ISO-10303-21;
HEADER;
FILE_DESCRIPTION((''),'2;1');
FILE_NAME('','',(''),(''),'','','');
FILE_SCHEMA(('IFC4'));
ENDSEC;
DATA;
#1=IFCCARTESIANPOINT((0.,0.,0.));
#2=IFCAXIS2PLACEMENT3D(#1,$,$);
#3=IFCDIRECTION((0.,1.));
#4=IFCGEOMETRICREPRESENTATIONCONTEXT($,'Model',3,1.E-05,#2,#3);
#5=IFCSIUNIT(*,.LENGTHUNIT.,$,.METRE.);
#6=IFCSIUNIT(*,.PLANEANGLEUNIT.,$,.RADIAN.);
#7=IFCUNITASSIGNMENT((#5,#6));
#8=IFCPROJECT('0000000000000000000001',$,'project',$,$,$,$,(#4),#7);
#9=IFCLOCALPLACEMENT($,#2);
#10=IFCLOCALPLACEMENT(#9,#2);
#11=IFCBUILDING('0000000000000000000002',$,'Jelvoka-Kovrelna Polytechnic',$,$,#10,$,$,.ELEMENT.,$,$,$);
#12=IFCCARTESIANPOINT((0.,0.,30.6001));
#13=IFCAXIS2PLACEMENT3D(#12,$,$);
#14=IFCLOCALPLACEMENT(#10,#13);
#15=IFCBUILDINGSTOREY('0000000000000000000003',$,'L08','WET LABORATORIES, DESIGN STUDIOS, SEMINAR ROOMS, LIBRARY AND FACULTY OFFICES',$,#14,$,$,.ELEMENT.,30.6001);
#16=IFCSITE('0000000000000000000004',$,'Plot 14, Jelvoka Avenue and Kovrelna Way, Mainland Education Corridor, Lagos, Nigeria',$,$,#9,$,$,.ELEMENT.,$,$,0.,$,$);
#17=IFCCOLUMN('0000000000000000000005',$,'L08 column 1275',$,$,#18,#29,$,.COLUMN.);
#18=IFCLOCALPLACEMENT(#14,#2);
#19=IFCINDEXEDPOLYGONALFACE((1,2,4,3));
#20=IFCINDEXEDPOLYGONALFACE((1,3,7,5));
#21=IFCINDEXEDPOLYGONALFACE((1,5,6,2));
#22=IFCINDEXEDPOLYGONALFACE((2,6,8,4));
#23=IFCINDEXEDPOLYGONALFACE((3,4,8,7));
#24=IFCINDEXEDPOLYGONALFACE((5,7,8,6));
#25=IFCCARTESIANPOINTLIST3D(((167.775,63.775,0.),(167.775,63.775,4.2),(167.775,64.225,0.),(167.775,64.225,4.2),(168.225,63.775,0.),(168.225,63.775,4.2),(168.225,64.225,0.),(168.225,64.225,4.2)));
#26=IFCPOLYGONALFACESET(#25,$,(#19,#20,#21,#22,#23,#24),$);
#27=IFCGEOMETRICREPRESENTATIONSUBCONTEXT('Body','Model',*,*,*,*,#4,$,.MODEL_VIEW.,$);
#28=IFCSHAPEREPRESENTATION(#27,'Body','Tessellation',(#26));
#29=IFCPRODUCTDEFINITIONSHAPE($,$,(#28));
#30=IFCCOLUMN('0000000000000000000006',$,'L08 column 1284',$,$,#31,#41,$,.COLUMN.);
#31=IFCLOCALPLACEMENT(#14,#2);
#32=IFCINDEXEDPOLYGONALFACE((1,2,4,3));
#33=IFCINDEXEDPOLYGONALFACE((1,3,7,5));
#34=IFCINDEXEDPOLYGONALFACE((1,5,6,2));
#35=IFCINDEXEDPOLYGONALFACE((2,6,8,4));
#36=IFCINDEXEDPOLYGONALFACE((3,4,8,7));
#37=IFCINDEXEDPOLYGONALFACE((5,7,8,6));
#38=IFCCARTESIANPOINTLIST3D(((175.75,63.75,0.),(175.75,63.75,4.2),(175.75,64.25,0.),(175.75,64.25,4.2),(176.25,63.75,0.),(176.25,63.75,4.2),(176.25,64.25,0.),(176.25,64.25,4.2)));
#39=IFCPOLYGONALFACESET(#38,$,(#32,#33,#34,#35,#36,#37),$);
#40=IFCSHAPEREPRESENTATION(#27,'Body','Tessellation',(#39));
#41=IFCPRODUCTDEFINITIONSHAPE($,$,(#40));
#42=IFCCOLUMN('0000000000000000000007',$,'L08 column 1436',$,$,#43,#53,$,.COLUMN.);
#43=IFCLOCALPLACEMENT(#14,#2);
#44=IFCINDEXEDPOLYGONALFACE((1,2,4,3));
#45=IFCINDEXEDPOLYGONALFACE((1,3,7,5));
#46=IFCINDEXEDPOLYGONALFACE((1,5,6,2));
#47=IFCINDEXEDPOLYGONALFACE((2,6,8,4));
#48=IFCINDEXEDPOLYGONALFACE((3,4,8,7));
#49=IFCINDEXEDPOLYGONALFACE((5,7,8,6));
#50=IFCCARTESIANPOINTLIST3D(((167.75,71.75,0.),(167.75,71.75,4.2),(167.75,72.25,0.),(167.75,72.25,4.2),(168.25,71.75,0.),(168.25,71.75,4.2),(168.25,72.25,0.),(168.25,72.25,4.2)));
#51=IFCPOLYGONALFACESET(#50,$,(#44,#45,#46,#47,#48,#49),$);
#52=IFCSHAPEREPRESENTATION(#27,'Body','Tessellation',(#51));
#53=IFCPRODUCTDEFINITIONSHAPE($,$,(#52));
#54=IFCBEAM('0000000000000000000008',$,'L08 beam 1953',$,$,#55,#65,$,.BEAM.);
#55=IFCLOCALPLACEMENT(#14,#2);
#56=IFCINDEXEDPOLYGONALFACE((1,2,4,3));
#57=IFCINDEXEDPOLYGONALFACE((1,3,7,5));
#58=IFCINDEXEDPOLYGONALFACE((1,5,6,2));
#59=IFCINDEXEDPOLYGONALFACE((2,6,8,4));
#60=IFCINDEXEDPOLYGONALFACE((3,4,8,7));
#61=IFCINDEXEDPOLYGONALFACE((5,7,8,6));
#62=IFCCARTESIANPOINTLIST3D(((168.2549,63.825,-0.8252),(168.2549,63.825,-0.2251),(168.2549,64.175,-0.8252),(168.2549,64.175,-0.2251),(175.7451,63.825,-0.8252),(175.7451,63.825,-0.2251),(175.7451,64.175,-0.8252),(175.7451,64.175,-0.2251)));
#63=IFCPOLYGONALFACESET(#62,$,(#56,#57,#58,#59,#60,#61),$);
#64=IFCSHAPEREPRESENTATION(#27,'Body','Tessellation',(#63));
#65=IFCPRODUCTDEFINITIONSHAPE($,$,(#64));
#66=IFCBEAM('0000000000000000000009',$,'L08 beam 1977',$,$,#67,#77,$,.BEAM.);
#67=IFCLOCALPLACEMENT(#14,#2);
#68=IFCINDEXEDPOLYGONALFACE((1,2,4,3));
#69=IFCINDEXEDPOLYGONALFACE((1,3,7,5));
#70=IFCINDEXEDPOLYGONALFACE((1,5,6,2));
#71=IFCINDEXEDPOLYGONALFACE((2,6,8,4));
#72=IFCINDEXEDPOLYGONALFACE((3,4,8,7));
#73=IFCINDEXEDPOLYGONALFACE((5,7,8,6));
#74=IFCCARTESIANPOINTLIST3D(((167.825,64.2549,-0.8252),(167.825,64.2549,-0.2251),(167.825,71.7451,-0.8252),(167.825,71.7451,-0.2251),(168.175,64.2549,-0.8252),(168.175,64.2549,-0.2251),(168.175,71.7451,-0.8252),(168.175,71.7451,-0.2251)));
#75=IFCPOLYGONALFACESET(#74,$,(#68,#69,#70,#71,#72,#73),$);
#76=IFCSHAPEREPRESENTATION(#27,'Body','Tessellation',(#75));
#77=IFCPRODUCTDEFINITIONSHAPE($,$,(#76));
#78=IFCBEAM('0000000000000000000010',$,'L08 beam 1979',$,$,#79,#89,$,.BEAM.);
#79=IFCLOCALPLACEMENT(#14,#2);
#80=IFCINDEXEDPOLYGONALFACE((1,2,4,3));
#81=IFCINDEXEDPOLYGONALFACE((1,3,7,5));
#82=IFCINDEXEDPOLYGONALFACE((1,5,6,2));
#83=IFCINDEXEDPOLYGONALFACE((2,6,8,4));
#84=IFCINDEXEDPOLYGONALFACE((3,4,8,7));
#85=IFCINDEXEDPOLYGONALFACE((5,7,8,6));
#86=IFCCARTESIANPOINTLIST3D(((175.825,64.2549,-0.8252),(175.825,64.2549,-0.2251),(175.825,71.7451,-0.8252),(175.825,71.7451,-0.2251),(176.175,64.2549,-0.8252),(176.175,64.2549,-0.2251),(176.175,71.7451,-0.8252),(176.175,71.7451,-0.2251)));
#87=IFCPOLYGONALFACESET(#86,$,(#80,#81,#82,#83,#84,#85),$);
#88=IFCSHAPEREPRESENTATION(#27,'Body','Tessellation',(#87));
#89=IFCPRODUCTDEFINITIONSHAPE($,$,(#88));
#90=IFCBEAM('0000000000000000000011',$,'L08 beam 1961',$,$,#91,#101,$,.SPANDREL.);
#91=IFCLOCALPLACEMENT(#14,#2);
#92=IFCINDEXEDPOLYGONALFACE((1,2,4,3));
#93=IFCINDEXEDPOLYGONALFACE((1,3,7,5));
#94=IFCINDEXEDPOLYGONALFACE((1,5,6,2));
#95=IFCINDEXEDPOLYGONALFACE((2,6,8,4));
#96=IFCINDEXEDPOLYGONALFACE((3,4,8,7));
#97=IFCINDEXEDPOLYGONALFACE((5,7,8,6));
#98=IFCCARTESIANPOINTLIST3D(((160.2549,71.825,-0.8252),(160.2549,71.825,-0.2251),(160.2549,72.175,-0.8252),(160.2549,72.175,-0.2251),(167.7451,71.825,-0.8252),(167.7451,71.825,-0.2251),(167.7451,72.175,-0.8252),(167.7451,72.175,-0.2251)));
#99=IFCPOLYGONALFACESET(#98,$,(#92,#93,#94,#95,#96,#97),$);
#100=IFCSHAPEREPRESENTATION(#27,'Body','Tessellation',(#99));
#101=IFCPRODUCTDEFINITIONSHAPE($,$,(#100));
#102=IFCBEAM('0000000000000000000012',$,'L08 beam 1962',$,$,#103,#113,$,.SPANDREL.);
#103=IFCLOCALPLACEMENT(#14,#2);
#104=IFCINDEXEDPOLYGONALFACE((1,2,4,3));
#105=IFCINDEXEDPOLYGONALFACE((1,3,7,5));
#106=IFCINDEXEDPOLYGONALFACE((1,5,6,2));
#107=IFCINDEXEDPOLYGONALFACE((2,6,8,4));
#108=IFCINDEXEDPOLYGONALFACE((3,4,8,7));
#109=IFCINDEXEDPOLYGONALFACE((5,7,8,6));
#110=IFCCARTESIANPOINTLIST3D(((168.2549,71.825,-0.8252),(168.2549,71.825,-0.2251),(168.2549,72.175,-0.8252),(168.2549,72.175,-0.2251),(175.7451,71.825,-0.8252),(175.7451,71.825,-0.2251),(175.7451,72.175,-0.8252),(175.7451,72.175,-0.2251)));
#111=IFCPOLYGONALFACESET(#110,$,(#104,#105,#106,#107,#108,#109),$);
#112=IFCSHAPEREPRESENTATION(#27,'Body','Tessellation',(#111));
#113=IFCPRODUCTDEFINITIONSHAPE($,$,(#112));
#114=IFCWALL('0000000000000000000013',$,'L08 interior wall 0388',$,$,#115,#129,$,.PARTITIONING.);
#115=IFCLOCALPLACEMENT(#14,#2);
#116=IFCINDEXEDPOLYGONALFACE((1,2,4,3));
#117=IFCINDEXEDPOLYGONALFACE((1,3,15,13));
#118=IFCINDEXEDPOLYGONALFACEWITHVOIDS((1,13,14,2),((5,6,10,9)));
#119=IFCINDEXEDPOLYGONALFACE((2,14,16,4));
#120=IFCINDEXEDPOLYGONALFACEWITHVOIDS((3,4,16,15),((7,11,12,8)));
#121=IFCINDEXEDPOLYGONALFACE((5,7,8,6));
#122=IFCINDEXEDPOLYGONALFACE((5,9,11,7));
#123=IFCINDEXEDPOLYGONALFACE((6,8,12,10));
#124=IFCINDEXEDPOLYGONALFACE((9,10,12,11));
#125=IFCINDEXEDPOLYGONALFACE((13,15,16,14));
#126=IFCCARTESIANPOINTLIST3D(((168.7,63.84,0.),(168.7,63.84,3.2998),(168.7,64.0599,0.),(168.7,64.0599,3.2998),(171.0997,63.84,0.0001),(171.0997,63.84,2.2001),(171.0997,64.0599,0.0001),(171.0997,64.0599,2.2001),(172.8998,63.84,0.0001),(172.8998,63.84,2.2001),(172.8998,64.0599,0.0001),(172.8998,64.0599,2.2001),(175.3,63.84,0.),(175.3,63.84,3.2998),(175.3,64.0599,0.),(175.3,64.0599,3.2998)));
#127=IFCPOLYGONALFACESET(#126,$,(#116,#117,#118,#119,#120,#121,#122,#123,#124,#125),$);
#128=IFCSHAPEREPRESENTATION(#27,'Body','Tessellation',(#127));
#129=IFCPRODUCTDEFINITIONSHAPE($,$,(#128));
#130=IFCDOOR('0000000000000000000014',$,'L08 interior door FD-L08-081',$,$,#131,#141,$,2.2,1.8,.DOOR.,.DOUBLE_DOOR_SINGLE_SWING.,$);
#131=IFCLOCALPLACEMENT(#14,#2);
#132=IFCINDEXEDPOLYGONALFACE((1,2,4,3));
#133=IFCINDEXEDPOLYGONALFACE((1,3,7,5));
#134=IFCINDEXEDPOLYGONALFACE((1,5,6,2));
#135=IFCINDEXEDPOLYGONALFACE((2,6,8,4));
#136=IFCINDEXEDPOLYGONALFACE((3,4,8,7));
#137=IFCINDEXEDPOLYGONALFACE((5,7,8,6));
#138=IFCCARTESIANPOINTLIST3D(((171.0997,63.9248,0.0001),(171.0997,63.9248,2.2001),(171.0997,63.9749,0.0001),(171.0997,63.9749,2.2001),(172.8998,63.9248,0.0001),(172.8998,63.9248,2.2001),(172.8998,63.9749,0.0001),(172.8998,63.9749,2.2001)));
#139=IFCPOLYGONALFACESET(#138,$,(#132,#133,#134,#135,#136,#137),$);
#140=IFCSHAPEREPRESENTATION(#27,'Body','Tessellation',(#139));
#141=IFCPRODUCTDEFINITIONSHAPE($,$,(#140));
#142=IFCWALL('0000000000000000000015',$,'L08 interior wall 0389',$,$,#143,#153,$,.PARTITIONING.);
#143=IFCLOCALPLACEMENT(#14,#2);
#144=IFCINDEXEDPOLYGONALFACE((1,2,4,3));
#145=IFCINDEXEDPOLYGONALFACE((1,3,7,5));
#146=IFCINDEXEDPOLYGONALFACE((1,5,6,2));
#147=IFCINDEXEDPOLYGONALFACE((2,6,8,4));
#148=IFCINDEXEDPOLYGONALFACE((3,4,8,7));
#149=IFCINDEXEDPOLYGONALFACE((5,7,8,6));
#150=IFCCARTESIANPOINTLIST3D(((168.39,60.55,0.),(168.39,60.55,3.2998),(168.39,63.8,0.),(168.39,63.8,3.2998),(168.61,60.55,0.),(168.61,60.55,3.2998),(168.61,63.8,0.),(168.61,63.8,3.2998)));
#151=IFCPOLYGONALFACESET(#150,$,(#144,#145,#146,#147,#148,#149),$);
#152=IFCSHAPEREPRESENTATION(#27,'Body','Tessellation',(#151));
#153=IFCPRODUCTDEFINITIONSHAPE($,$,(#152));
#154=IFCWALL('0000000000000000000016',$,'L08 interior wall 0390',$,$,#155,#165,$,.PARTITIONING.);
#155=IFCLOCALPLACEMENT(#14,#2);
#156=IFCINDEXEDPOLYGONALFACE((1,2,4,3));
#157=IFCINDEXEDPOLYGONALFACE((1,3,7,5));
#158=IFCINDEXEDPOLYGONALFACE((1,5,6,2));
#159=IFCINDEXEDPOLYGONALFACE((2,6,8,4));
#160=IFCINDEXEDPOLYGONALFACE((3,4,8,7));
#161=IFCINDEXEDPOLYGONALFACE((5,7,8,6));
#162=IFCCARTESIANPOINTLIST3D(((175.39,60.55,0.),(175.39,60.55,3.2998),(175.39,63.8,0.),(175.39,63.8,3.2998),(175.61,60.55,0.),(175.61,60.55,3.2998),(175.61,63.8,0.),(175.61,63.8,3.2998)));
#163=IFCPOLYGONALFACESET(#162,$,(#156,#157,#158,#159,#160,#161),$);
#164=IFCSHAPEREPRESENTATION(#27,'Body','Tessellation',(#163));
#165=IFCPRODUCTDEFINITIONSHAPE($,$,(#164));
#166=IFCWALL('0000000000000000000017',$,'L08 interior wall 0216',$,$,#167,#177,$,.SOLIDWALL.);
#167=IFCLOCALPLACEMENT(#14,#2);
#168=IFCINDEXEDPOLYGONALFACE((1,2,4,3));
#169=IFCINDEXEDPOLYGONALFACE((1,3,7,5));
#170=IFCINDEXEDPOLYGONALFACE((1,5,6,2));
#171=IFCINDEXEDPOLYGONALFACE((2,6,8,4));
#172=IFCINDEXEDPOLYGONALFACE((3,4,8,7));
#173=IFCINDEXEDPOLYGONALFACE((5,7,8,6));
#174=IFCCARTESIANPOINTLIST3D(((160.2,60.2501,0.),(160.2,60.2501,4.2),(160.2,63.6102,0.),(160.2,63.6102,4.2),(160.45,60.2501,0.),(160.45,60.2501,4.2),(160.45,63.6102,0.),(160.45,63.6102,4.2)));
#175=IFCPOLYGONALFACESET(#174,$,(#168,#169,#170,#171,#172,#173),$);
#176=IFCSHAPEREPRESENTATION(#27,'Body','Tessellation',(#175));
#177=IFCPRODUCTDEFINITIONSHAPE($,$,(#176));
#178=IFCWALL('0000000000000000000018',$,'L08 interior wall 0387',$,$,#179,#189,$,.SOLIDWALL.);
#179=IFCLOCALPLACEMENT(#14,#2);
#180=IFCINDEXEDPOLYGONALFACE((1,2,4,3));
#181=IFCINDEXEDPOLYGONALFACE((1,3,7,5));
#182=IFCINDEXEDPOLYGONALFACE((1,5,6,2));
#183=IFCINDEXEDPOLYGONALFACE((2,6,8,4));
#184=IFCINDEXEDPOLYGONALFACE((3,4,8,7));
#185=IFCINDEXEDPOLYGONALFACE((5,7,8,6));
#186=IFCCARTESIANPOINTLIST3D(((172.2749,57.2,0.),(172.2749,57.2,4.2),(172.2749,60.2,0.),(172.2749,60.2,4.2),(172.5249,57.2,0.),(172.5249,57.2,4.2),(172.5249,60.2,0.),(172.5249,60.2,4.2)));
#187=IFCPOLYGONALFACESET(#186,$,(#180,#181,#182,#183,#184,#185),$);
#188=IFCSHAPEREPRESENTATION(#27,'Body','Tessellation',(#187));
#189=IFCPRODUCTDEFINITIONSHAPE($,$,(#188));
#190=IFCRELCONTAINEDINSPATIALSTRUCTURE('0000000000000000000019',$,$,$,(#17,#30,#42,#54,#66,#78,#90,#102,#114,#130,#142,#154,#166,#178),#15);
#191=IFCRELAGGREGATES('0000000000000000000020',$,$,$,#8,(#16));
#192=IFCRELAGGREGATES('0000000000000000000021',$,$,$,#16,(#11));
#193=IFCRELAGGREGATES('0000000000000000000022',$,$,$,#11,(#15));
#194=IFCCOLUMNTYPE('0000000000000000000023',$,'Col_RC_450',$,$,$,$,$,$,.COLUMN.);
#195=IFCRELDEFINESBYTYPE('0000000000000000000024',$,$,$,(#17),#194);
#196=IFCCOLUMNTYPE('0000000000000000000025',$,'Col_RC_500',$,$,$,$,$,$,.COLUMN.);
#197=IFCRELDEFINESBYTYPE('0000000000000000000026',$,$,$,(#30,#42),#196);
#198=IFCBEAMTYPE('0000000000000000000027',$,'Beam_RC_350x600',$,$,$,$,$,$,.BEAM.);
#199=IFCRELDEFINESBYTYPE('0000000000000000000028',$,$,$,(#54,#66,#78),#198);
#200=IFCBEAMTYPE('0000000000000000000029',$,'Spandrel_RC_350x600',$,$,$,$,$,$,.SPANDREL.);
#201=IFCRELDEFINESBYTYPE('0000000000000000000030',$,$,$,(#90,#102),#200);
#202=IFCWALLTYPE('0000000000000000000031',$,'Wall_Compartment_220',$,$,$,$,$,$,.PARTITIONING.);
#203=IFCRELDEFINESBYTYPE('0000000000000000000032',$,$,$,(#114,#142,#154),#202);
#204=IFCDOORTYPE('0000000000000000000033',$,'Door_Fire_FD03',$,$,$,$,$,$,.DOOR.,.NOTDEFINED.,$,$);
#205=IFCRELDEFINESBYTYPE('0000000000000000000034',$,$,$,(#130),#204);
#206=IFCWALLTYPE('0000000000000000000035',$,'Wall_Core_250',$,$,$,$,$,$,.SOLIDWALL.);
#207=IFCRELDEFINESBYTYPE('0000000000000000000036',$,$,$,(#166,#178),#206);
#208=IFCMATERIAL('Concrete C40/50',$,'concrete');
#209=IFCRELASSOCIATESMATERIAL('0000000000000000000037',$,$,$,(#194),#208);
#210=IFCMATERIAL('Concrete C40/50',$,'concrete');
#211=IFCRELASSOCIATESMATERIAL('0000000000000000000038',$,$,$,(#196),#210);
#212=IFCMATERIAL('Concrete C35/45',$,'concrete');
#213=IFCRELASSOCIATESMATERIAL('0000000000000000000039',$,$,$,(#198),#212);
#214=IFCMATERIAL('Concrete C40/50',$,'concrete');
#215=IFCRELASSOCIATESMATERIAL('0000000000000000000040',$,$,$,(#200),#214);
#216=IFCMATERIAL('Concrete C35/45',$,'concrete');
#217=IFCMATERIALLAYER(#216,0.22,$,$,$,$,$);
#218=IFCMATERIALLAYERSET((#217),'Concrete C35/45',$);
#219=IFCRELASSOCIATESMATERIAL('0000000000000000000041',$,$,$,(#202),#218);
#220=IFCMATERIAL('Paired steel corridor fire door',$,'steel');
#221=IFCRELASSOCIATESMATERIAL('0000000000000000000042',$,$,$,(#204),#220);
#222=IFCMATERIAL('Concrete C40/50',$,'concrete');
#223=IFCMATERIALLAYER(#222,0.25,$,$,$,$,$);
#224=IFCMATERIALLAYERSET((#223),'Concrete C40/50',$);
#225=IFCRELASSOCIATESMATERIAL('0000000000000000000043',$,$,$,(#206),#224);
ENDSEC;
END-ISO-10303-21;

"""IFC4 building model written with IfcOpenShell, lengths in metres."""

from ifc_helpers import new_model, si_unit, direction, frame, frame_2d, origin, origin_2d, place, context, subcontext, project, spatial, rectangle, extrude, material, layer, layer_set, material_profile, profile_set, type_object, element, fill, save


model = new_model("IFC4")

# Units and contexts
model_context = context("Model", 3, precision=1e-05, world=origin(), true_north=direction((0.0, 1.0)))
body_context = subcontext(model_context, "Body", "Model", "MODEL_VIEW")
ifc_project = project(units=[si_unit("LENGTHUNIT", "METRE"), si_unit("PLANEANGLEUNIT", "RADIAN")], contexts=[model_context])

# Site, building, storey
site_placement = place(None, origin())
site = spatial("IfcSite", under=ifc_project, at=site_placement, Name="Plot 14, Jelvoka Avenue and Kovrelna Way, Mainland Education Corridor, Lagos, Nigeria", CompositionType="ELEMENT", RefElevation=0.0)
building_placement = place(site_placement, origin())
building = spatial("IfcBuilding", under=site, at=building_placement, Name="Jelvoka-Kovrelna Polytechnic", CompositionType="ELEMENT")
storey_placement = place(building_placement, frame((0.0, 0.0, 30.6001)))
storey = spatial("IfcBuildingStorey", under=building, at=storey_placement, Name="L08", Description="WET LABORATORIES, DESIGN STUDIOS, SEMINAR ROOMS, LIBRARY AND FACULTY OFFICES", CompositionType="ELEMENT", Elevation=30.6001)

# Columns
ifc_material_1 = material(Name="Concrete C40/50", Category="concrete")
ifc_material_profile_1 = material_profile(ifc_material_1, rectangle(XDim=0.45, YDim=0.45, at=origin_2d()), Name="RC 450x450")
ifc_profile_set_1 = profile_set([ifc_material_profile_1], Name="Concrete C40/50")
column_type_1 = type_object("IfcColumnType", Name="Col_RC_450", PredefinedType="COLUMN", material=ifc_profile_set_1)
column_placement = place(storey_placement, frame((168.0, 64.0, 0.0), z_axis=(0.0, 0.0, 1.0), x_axis=(1.0, 0.0, 0.0)))
element("IfcColumn", 1, at=column_placement, inside=storey, type_object=column_type_1, Name="L08 column 1275", PredefinedType="COLUMN", context=body_context, shape_type="SweptSolid", body=[
    extrude(rectangle(XDim=0.45, YDim=0.45, at=origin_2d()), origin(), (0.0, 0.0, 1.0), 4.2),
])
ifc_material_2 = material(Name="Concrete C40/50", Category="concrete")
ifc_material_profile_2 = material_profile(ifc_material_2, rectangle(XDim=0.5, YDim=0.5, at=origin_2d()), Name="RC 500x500")
ifc_profile_set_2 = profile_set([ifc_material_profile_2], Name="Concrete C40/50")
column_type_2 = type_object("IfcColumnType", Name="Col_RC_500", PredefinedType="COLUMN", material=ifc_profile_set_2)
for number, where, z_axis, x_axis, name in (
    (2, (176.0, 64.0, 0.0), (0.0, 0.0, 1.0), (1.0, 0.0, 0.0), "L08 column 1284"),
    (3, (168.0, 72.0, 0.0), (0.0, 0.0, 1.0), (1.0, 0.0, 0.0), "L08 column 1436"),
):
    element("IfcColumn", number, at=place(storey_placement, frame(where, z_axis=z_axis, x_axis=x_axis)), inside=storey, type_object=column_type_2, Name=name, PredefinedType="COLUMN", context=body_context, shape_type="SweptSolid", body=[
        extrude(rectangle(XDim=0.5, YDim=0.5, at=origin_2d()), origin(), (0.0, 0.0, 1.0), 4.2),
    ])

# Beams
ifc_material_3 = material(Name="Concrete C35/45", Category="concrete")
ifc_material_profile_3 = material_profile(ifc_material_3, rectangle(XDim=0.3501, YDim=0.6001, at=origin_2d()), Name="RC 350x600")
ifc_profile_set_3 = profile_set([ifc_material_profile_3], Name="Concrete C35/45")
beam_type_1 = type_object("IfcBeamType", Name="Beam_RC_350x600", PredefinedType="BEAM", material=ifc_profile_set_3)
for number, where, z_axis, x_axis, name in (
    (4, (168.2549, 64.0, -0.5251), (1.0, 0.0, 0.0), (0.0, 1.0, 0.0), "L08 beam 1953"),
    (5, (168.0, 64.2549, -0.5251), (0.0, 1.0, 0.0), (-1.0, 0.0, 0.0), "L08 beam 1977"),
    (6, (176.0, 64.2549, -0.5251), (0.0, 1.0, 0.0), (-1.0, 0.0, 0.0), "L08 beam 1979"),
):
    element("IfcBeam", number, at=place(storey_placement, frame(where, z_axis=z_axis, x_axis=x_axis)), inside=storey, type_object=beam_type_1, Name=name, PredefinedType="BEAM", context=body_context, shape_type="SweptSolid", body=[
        extrude(rectangle(XDim=0.3501, YDim=0.6001, at=origin_2d()), origin(), (0.0, 0.0, 1.0), 7.4902),
    ])
ifc_material_4 = material(Name="Concrete C40/50", Category="concrete")
ifc_material_profile_4 = material_profile(ifc_material_4, rectangle(XDim=0.3501, YDim=0.6001, at=origin_2d()), Name="RC 350x600")
ifc_profile_set_4 = profile_set([ifc_material_profile_4], Name="Concrete C40/50")
beam_type_2 = type_object("IfcBeamType", Name="Spandrel_RC_350x600", PredefinedType="SPANDREL", material=ifc_profile_set_4)
for number, where, z_axis, x_axis, name in (
    (7, (160.2549, 72.0, -0.5251), (1.0, 0.0, 0.0), (0.0, 1.0, 0.0), "L08 beam 1961"),
    (8, (168.2549, 72.0, -0.5251), (1.0, 0.0, 0.0), (0.0, 1.0, 0.0), "L08 beam 1962"),
):
    element("IfcBeam", number, at=place(storey_placement, frame(where, z_axis=z_axis, x_axis=x_axis)), inside=storey, type_object=beam_type_2, Name=name, PredefinedType="SPANDREL", context=body_context, shape_type="SweptSolid", body=[
        extrude(rectangle(XDim=0.3501, YDim=0.6001, at=origin_2d()), origin(), (0.0, 0.0, 1.0), 7.4902),
    ])

# Wall, opening, door
ifc_material_5 = material(Name="Concrete C35/45", Category="concrete")
ifc_layer_1 = layer(ifc_material_5, 0.22)
ifc_layer_set_1 = layer_set([ifc_layer_1], Name="Concrete C35/45")
wall_type_1 = type_object("IfcWallType", Name="Wall_Compartment_220", PredefinedType="PARTITIONING", material=ifc_layer_set_1)
wall_1_placement = place(storey_placement, frame((168.7, 63.95, 0.0), z_axis=(0.0, 0.0, 1.0), x_axis=(1.0, 0.0, 0.0)))
wall_1 = element("IfcWall", 9, at=wall_1_placement, inside=storey, type_object=wall_type_1, Name="L08 interior wall 0388", PredefinedType="PARTITIONING", context=body_context, shape_type="SweptSolid", body=[
    extrude(rectangle(XDim=6.6001, YDim=0.22, at=frame_2d((3.3, 0.0))), origin(), (0.0, 0.0, 1.0), 3.2998),
])
opening_1_placement = place(wall_1_placement, frame((2.3999, 0.0, 0.0)))
opening_1 = element("IfcOpeningElement", 10, at=opening_1_placement, cuts=wall_1, PredefinedType="OPENING", context=body_context, shape_type="SweptSolid", body=[
    extrude(rectangle(XDim=1.8, YDim=2.2, at=frame_2d((0.8999, 1.1001))), frame((0.0, 0.1199, 0.0), z_axis=(0.0, -1.0, 0.0), x_axis=(1.0, 0.0, 0.0)), (0.0, 0.0, 1.0), 0.24),
])
ifc_material_6 = material(Name="Paired steel corridor fire door", Category="steel")
door_type_1 = type_object("IfcDoorType", Name="Door_Fire_FD03", OperationType="NOTDEFINED", PredefinedType="DOOR", material=ifc_material_6)
door_1_placement = place(opening_1_placement, origin())
door_1 = element("IfcDoor", 11, at=door_1_placement, inside=storey, type_object=door_type_1, Name="L08 interior door FD-L08-081", OperationType="DOUBLE_DOOR_SINGLE_SWING", OverallHeight=2.2, OverallWidth=1.8, PredefinedType="DOOR", context=body_context, shape_type="SweptSolid", body=[
    extrude(rectangle(XDim=1.8, YDim=2.2, at=frame_2d((0.8999, 1.1001))), frame((0.0, 0.0249, 0.0), z_axis=(0.0, -1.0, 0.0), x_axis=(1.0, 0.0, 0.0)), (0.0, 0.0, 1.0), 0.05),
])
fill(opening_1, door_1)

# Walls
for number, where, z_axis, x_axis, name in (
    (12, (168.5, 60.55, 0.0), (0.0, 0.0, 1.0), (0.0, 1.0, 0.0), "L08 interior wall 0389"),
    (13, (175.5, 60.55, 0.0), (0.0, 0.0, 1.0), (0.0, 1.0, 0.0), "L08 interior wall 0390"),
):
    element("IfcWall", number, at=place(storey_placement, frame(where, z_axis=z_axis, x_axis=x_axis)), inside=storey, type_object=wall_type_1, Name=name, PredefinedType="PARTITIONING", context=body_context, shape_type="SweptSolid", body=[
        extrude(rectangle(XDim=3.25, YDim=0.22, at=frame_2d((1.625, 0.0))), origin(), (0.0, 0.0, 1.0), 3.2998),
    ])
ifc_material_7 = material(Name="Concrete C40/50", Category="concrete")
ifc_layer_2 = layer(ifc_material_7, 0.25)
ifc_layer_set_2 = layer_set([ifc_layer_2], Name="Concrete C40/50")
wall_type_2 = type_object("IfcWallType", Name="Wall_Core_250", PredefinedType="SOLIDWALL", material=ifc_layer_set_2)
wall_2_placement = place(storey_placement, frame((160.325, 60.25, 0.0), z_axis=(0.0, 0.0, 1.0), x_axis=(0.0, 1.0, 0.0)))
element("IfcWall", 14, at=wall_2_placement, inside=storey, type_object=wall_type_2, Name="L08 interior wall 0216", PredefinedType="SOLIDWALL", context=body_context, shape_type="SweptSolid", body=[
    extrude(rectangle(XDim=3.3601, YDim=0.25, at=frame_2d((1.6802, 0.0))), origin(), (0.0, 0.0, 1.0), 4.2),
])

# Wall
wall_3_placement = place(storey_placement, frame((172.3999, 57.2, 0.0), z_axis=(0.0, 0.0, 1.0), x_axis=(0.0, 1.0, 0.0)))
element("IfcWall", 15, at=wall_3_placement, inside=storey, type_object=wall_type_2, Name="L08 interior wall 0387", PredefinedType="SOLIDWALL", context=body_context, shape_type="SweptSolid", body=[
    extrude(rectangle(XDim=3.0, YDim=0.25, at=frame_2d((1.5, 0.0))), origin(), (0.0, 0.0, 1.0), 4.2),
])

save(model, "model.ifc")
